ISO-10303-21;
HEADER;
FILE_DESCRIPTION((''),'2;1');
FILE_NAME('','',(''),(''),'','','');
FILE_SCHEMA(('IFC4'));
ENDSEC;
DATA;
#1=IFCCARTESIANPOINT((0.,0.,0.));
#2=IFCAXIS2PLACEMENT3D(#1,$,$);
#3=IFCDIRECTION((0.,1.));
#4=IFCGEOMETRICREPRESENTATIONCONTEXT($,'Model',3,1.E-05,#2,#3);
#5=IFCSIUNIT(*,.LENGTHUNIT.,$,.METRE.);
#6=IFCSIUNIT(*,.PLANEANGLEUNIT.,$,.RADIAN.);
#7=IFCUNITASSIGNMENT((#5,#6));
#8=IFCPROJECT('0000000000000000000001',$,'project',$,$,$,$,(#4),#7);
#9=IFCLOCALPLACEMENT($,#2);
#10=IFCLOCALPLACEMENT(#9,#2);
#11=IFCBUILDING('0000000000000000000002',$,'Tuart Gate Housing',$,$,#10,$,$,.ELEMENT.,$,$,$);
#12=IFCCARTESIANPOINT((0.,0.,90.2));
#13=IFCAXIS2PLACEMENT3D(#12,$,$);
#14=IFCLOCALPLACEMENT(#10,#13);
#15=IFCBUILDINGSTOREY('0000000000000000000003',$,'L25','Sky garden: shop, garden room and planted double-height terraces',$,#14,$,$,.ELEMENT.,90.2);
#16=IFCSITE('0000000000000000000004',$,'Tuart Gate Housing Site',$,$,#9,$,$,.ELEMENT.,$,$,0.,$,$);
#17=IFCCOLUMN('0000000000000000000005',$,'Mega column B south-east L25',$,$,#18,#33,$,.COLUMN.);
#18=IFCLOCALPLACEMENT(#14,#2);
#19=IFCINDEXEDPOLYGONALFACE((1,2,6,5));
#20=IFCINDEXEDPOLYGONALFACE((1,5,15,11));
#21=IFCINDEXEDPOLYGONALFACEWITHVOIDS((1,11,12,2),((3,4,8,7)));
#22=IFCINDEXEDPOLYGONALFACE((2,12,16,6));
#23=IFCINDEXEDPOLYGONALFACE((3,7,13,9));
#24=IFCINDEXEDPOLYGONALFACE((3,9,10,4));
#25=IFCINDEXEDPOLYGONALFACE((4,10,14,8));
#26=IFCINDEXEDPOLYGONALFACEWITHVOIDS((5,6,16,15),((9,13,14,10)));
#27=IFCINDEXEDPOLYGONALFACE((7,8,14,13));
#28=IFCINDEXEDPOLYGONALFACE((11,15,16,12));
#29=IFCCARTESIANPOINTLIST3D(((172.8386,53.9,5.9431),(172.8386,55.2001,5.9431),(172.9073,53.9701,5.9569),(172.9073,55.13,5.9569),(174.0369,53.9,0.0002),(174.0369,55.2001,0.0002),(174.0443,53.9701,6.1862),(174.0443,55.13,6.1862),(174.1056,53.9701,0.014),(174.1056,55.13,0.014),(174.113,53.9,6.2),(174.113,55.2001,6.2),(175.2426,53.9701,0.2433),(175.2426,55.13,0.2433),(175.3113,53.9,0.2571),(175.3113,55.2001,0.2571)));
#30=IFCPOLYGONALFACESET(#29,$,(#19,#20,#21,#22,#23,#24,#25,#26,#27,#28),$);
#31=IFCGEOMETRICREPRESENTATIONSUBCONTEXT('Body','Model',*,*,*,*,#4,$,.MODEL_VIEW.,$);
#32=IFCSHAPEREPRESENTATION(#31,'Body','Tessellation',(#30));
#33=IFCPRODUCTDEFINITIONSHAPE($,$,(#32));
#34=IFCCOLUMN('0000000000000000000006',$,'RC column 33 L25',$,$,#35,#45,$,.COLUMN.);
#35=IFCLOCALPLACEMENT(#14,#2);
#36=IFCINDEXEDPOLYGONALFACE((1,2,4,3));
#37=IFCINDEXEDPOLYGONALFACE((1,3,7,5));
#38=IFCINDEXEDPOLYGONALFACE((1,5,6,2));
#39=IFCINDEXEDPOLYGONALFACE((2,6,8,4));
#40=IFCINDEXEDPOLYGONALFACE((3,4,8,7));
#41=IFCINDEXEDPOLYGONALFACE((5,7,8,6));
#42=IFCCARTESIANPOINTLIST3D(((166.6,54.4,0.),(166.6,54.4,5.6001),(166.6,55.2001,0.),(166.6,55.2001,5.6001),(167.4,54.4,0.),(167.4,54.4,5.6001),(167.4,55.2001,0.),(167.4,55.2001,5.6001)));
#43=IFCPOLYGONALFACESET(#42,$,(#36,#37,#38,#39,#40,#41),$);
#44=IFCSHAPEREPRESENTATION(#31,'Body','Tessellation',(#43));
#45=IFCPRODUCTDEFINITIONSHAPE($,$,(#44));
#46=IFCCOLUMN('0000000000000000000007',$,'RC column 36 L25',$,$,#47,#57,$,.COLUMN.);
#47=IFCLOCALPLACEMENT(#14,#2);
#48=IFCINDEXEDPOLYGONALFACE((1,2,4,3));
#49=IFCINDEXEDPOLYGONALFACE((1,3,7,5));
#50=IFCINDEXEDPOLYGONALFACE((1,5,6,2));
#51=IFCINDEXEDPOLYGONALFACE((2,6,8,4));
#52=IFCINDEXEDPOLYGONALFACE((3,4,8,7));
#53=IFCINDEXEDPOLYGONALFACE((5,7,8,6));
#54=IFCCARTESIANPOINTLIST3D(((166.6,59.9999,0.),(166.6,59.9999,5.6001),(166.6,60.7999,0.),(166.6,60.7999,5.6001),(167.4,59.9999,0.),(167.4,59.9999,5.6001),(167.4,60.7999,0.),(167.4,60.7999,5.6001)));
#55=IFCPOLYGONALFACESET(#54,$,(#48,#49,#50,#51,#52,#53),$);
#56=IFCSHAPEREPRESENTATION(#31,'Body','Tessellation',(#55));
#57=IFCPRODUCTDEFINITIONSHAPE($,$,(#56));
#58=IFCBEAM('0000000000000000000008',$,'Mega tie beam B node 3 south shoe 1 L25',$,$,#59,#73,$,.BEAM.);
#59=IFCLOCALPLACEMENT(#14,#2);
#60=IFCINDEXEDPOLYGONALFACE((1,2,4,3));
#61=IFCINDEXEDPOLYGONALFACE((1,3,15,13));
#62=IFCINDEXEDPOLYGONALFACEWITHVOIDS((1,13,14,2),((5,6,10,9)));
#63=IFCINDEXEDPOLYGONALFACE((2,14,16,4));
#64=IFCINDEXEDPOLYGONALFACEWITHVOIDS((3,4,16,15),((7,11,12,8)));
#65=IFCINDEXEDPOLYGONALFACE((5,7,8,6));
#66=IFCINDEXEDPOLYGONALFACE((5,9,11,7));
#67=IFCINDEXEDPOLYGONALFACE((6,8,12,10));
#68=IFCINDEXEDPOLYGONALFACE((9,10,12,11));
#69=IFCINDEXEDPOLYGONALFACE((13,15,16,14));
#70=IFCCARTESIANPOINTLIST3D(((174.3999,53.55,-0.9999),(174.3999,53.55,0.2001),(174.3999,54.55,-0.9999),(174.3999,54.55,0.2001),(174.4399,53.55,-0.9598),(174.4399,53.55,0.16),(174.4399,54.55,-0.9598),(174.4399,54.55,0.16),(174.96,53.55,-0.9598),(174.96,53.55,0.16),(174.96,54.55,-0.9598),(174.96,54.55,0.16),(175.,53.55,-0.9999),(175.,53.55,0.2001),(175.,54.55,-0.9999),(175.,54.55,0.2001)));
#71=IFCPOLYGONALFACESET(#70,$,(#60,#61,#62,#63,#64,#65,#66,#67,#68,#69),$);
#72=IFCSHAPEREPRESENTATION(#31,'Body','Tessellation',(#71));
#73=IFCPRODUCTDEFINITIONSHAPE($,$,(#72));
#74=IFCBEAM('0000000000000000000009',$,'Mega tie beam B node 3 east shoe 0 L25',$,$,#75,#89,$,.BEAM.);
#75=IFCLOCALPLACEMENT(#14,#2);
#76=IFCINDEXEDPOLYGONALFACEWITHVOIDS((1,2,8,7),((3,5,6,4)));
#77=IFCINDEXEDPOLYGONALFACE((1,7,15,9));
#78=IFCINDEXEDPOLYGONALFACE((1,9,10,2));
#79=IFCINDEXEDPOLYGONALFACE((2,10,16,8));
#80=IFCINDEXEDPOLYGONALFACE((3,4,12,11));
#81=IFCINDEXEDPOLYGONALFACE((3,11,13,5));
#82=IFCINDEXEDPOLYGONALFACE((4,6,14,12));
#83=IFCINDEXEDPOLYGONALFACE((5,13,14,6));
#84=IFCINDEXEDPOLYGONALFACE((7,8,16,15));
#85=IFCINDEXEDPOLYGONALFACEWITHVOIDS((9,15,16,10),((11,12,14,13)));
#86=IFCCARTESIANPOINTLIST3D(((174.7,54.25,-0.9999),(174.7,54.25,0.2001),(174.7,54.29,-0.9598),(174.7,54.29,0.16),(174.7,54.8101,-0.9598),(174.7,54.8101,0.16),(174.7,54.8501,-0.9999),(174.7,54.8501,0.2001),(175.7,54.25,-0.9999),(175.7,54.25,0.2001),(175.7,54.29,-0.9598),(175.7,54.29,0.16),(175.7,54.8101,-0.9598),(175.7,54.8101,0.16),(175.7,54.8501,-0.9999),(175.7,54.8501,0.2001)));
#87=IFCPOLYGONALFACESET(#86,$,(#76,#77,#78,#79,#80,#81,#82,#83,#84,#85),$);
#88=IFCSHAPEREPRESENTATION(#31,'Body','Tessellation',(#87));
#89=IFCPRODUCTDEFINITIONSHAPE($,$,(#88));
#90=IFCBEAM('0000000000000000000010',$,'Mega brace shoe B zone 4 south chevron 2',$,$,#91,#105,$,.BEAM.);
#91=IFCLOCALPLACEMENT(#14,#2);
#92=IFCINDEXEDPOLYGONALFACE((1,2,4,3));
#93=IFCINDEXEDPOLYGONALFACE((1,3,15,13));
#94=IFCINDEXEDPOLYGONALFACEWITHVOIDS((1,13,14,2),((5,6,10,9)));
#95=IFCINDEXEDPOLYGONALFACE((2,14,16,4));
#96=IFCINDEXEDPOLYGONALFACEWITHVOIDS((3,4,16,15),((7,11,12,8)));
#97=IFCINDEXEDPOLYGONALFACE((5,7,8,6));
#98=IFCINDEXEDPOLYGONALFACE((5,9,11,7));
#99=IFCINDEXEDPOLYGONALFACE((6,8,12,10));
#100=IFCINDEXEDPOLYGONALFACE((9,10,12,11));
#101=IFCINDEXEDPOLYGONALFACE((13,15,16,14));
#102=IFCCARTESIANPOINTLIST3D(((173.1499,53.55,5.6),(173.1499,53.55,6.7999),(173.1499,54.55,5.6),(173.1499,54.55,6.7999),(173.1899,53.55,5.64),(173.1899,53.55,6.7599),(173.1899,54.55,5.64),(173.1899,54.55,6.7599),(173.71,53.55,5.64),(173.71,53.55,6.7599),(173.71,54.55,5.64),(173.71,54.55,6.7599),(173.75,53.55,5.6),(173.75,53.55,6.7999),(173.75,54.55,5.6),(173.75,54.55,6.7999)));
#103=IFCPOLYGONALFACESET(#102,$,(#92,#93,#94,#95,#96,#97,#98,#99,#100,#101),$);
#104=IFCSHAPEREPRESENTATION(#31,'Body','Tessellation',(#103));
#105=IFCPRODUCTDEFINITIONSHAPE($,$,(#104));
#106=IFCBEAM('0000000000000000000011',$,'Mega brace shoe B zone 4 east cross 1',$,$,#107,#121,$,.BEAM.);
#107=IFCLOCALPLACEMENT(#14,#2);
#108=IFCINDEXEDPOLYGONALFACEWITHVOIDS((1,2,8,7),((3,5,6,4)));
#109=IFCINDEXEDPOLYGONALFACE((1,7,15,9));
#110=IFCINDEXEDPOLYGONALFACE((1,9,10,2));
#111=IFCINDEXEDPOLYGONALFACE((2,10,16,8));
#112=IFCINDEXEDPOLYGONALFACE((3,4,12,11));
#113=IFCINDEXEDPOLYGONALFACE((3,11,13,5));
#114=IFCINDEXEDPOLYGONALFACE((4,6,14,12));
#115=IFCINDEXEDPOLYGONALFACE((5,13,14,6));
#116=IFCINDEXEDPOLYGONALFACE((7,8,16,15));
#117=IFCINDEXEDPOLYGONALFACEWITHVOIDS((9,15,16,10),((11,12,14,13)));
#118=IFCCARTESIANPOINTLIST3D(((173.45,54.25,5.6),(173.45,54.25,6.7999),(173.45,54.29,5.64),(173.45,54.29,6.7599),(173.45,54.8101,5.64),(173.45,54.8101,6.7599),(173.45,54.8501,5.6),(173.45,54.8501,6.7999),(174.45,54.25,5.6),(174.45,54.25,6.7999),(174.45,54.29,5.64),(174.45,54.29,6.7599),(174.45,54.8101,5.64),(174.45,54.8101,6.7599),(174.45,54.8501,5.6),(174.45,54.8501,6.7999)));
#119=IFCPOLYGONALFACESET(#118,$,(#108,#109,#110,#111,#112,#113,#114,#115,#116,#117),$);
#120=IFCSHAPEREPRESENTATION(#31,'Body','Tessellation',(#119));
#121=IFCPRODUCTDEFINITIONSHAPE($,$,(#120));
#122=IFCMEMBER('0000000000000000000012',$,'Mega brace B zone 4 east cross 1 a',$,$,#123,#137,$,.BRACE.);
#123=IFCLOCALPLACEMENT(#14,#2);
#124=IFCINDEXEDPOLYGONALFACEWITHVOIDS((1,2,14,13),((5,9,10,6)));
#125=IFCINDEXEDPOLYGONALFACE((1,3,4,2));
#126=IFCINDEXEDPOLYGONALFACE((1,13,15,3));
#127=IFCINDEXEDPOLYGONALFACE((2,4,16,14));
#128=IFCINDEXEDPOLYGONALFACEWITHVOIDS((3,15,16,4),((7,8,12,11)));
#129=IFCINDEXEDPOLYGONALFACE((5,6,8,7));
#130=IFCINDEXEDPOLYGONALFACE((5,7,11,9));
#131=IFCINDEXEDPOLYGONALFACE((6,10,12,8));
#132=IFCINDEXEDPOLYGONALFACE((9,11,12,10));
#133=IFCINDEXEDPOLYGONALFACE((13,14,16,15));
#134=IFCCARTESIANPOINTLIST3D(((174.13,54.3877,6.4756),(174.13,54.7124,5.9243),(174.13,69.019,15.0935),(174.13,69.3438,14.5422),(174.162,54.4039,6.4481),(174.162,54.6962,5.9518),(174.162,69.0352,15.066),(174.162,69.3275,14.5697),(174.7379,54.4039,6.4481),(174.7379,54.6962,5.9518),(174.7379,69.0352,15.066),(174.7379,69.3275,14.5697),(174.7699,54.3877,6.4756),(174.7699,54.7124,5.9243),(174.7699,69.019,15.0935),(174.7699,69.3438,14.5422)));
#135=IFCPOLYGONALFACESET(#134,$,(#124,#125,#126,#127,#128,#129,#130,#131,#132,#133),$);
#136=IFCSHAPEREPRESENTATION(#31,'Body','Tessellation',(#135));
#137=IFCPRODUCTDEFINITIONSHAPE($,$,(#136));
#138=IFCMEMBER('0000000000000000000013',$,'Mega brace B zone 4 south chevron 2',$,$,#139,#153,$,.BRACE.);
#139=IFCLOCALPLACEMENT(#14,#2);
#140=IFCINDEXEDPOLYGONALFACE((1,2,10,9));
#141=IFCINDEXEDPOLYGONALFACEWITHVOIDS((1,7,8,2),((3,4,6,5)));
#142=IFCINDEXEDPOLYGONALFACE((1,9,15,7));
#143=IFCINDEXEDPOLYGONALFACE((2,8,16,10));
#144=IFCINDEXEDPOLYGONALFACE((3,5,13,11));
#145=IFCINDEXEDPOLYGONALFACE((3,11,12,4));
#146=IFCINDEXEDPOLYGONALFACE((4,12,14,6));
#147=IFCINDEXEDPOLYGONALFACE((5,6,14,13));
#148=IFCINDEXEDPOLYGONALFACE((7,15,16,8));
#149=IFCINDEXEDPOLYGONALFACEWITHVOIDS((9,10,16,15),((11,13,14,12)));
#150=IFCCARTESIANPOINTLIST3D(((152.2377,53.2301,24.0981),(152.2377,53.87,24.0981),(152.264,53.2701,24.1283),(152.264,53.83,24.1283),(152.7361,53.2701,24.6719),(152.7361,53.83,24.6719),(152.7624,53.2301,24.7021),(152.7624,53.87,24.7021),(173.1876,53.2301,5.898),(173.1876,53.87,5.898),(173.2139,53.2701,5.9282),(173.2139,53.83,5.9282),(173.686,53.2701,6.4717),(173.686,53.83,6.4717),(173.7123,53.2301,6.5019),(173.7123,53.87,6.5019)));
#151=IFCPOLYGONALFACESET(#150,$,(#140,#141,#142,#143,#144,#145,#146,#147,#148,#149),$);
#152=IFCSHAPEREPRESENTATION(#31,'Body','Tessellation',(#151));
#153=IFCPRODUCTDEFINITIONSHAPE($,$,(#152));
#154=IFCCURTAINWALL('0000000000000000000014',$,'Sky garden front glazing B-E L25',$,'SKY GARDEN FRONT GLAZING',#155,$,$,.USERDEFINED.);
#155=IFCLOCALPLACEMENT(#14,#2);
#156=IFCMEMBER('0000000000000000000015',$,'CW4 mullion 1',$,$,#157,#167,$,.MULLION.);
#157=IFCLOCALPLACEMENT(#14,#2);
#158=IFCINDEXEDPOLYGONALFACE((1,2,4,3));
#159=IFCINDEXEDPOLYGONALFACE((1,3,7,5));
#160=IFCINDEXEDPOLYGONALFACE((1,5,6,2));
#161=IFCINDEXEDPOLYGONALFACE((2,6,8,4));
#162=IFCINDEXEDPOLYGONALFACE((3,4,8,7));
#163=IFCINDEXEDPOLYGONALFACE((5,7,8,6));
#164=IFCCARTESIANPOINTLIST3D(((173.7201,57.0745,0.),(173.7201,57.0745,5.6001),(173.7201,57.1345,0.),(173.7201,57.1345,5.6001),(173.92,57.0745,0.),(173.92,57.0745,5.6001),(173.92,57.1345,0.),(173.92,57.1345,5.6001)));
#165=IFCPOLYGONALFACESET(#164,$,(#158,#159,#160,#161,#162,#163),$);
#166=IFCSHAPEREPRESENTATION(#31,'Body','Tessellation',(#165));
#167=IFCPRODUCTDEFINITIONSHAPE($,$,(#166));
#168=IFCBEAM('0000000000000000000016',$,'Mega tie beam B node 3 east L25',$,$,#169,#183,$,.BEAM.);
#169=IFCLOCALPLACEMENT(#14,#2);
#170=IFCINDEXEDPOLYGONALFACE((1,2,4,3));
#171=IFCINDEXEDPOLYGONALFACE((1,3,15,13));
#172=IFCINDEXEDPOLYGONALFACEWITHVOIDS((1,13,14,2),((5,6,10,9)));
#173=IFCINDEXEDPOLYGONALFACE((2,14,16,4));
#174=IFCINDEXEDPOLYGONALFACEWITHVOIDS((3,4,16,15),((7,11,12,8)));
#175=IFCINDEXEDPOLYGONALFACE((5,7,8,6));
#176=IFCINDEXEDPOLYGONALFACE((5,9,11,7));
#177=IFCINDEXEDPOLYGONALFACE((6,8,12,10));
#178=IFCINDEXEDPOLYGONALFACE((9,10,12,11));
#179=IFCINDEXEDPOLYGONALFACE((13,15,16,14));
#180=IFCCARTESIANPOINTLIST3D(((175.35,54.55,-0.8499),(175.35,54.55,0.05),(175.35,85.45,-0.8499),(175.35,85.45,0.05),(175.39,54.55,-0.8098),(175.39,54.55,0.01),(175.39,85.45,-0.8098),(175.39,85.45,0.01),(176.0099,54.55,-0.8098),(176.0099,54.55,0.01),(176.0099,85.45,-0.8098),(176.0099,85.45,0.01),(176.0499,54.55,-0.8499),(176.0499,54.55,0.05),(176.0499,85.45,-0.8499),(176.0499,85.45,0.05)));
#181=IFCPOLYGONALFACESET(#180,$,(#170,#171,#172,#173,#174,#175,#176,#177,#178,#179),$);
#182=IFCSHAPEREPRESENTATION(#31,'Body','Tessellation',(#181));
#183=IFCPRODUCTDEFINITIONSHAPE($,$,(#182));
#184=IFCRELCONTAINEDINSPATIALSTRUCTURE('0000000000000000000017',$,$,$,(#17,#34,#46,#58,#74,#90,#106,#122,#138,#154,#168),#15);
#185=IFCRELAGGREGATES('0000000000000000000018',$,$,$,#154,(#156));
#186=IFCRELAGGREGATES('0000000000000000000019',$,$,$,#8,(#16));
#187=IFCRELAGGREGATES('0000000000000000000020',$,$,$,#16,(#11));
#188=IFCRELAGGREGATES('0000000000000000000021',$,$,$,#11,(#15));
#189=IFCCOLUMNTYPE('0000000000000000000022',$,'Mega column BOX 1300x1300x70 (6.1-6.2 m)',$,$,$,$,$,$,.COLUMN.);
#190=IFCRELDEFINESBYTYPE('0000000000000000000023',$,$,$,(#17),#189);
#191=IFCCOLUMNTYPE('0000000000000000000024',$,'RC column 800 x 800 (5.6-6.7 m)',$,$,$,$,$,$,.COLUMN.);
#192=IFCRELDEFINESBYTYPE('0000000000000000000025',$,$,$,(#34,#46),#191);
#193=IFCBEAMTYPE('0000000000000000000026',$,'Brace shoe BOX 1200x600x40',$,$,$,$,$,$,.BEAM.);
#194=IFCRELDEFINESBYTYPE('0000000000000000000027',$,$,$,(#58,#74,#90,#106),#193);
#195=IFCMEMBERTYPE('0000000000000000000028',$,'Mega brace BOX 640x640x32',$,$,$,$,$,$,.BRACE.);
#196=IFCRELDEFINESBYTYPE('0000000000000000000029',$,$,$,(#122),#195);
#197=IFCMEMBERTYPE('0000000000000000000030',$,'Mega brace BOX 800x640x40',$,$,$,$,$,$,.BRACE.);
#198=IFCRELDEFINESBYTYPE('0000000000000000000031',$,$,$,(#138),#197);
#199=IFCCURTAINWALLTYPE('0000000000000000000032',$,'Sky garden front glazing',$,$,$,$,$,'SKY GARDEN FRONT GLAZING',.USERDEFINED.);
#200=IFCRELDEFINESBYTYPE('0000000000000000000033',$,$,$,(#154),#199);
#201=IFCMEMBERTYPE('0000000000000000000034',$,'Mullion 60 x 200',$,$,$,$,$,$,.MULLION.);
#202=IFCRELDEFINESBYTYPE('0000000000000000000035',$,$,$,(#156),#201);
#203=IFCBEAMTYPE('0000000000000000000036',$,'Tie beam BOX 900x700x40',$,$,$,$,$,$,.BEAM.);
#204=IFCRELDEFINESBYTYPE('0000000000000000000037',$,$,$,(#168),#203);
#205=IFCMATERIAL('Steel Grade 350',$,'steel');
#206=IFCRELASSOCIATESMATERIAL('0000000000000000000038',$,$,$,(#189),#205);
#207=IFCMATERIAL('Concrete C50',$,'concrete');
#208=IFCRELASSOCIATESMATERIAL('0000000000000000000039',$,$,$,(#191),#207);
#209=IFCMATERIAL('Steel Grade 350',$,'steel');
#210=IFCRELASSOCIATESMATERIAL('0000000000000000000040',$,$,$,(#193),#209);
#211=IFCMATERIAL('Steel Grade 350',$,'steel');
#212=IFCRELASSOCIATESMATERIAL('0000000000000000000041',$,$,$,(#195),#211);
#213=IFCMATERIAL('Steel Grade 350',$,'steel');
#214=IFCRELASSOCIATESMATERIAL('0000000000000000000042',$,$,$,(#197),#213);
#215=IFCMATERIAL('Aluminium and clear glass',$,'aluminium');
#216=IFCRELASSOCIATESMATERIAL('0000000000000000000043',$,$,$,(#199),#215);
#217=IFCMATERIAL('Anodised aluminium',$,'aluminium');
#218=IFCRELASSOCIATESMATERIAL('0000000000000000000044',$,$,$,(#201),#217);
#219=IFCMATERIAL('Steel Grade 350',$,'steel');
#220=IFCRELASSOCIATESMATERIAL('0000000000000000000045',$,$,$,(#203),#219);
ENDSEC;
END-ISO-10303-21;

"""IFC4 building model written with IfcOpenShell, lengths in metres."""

from ifc_helpers import new_model, si_unit, direction, frame, origin, origin_2d, place, context, subcontext, project, spatial, rectangle, hollow_rectangle, extrude, material, material_profile, profile_set, type_object, element, aggregate, save


model = new_model("IFC4")

# Units and contexts
model_context = context("Model", 3, precision=1e-05, world=origin(), true_north=direction((0.0, 1.0)))
body_context = subcontext(model_context, "Body", "Model", "MODEL_VIEW")
ifc_project = project(units=[si_unit("LENGTHUNIT", "METRE"), si_unit("PLANEANGLEUNIT", "RADIAN")], contexts=[model_context])

# Site, building, storey
site_placement = place(None, origin())
site = spatial("IfcSite", under=ifc_project, at=site_placement, Name="Tuart Gate Housing Site", CompositionType="ELEMENT", RefElevation=0.0)
building_placement = place(site_placement, origin())
building = spatial("IfcBuilding", under=site, at=building_placement, Name="Tuart Gate Housing", CompositionType="ELEMENT")
storey_placement = place(building_placement, frame((0.0, 0.0, 90.2)))
storey = spatial("IfcBuildingStorey", under=building, at=storey_placement, Name="L25", Description="Sky garden: shop, garden room and planted double-height terraces", CompositionType="ELEMENT", Elevation=90.2)

# Columns
ifc_material_1 = material(Name="Steel Grade 350", Category="steel")
ifc_material_profile_1 = material_profile(ifc_material_1, hollow_rectangle(XDim=1.3, YDim=1.3, WallThickness=0.0701, at=origin_2d()), Name="BOX 1300x1300x70")
ifc_profile_set_1 = profile_set([ifc_material_profile_1], Name="Steel Grade 350")
column_type_1 = type_object("IfcColumnType", Name="Mega column BOX 1300x1300x70 (6.1-6.2 m)", PredefinedType="COLUMN", material=ifc_profile_set_1)
column_placement = place(storey_placement, frame((174.6741, 54.55, 0.1287), z_axis=(-0.197649, 0.0, 0.980273), x_axis=(0.0, -1.0, 0.0)))
element("IfcColumn", 1, at=column_placement, inside=storey, type_object=column_type_1, Name="Mega column B south-east L25", PredefinedType="COLUMN", context=body_context, shape_type="SweptSolid", body=[
    extrude(hollow_rectangle(XDim=1.3, YDim=1.3, WallThickness=0.0701, at=origin_2d()), origin(), (0.0, 0.0, 1.0), 6.0625),
])
ifc_material_2 = material(Name="Concrete C50", Category="concrete")
ifc_material_profile_2 = material_profile(ifc_material_2, rectangle(XDim=0.8, YDim=0.8, at=origin_2d()), Name="RC column 800 x 800 (5.6-6.7 m)")
ifc_profile_set_2 = profile_set([ifc_material_profile_2], Name="Concrete C50")
column_type_2 = type_object("IfcColumnType", Name="RC column 800 x 800 (5.6-6.7 m)", PredefinedType="COLUMN", material=ifc_profile_set_2)
for number, where, z_axis, x_axis, name in (
    (2, (167.0, 54.8, 0.0), (0.0, 0.0, 1.0), (1.0, 0.0, 0.0), "RC column 33 L25"),
    (3, (167.0, 60.3999, 0.0), (0.0, 0.0, 1.0), (1.0, 0.0, 0.0), "RC column 36 L25"),
):
    element("IfcColumn", number, at=place(storey_placement, frame(where, z_axis=z_axis, x_axis=x_axis)), inside=storey, type_object=column_type_2, Name=name, PredefinedType="COLUMN", context=body_context, shape_type="SweptSolid", body=[
        extrude(rectangle(XDim=0.8, YDim=0.8, at=origin_2d()), origin(), (0.0, 0.0, 1.0), 5.6001),
    ])

# Beams
ifc_material_3 = material(Name="Steel Grade 350", Category="steel")
ifc_material_profile_3 = material_profile(ifc_material_3, hollow_rectangle(XDim=0.6001, YDim=1.2, WallThickness=0.04, at=origin_2d()), Name="BOX 1200x600x40")
ifc_profile_set_3 = profile_set([ifc_material_profile_3], Name="Steel Grade 350")
beam_type_1 = type_object("IfcBeamType", Name="Brace shoe BOX 1200x600x40", PredefinedType="BEAM", material=ifc_profile_set_3)
for number, where, z_axis, x_axis, name in (
    (4, (174.7, 54.55, -0.3999), (0.0, -1.0, 0.0), (1.0, 0.0, 0.0), "Mega tie beam B node 3 south shoe 1 L25"),
    (5, (174.7, 54.55, -0.3999), (1.0, 0.0, 0.0), (0.0, 1.0, 0.0), "Mega tie beam B node 3 east shoe 0 L25"),
    (6, (173.45, 54.55, 6.2), (0.0, -1.0, 0.0), (1.0, 0.0, 0.0), "Mega brace shoe B zone 4 south chevron 2"),
    (7, (173.45, 54.55, 6.2), (1.0, 0.0, 0.0), (0.0, 1.0, 0.0), "Mega brace shoe B zone 4 east cross 1"),
):
    element("IfcBeam", number, at=place(storey_placement, frame(where, z_axis=z_axis, x_axis=x_axis)), inside=storey, type_object=beam_type_1, Name=name, PredefinedType="BEAM", context=body_context, shape_type="SweptSolid", body=[
        extrude(hollow_rectangle(XDim=0.6001, YDim=1.2, WallThickness=0.04, at=origin_2d()), origin(), (0.0, 0.0, 1.0), 1.0),
    ])

# Members
ifc_material_4 = material(Name="Steel Grade 350", Category="steel")
ifc_material_profile_4 = material_profile(ifc_material_4, hollow_rectangle(XDim=0.6399, YDim=0.6399, WallThickness=0.032, at=origin_2d()), Name="BOX 640x640x32")
ifc_profile_set_4 = profile_set([ifc_material_profile_4], Name="Steel Grade 350")
member_type_1 = type_object("IfcMemberType", Name="Mega brace BOX 640x640x32", PredefinedType="BRACE", material=ifc_profile_set_4)
member_1_placement = place(storey_placement, frame((174.45, 54.55, 6.2), z_axis=(0.0, 0.861645, 0.507512), x_axis=(-1.0, 0.0, 0.0)))
element("IfcMember", 8, at=member_1_placement, inside=storey, type_object=member_type_1, Name="Mega brace B zone 4 east cross 1 a", PredefinedType="BRACE", context=body_context, shape_type="SweptSolid", body=[
    extrude(hollow_rectangle(XDim=0.6399, YDim=0.6399, WallThickness=0.032, at=origin_2d()), origin(), (0.0, 0.0, 1.0), 16.9807),
])
ifc_material_5 = material(Name="Steel Grade 350", Category="steel")
ifc_material_profile_5 = material_profile(ifc_material_5, hollow_rectangle(XDim=0.6399, YDim=0.8, WallThickness=0.04, at=origin_2d()), Name="BOX 800x640x40")
ifc_profile_set_5 = profile_set([ifc_material_profile_5], Name="Steel Grade 350")
member_type_2 = type_object("IfcMemberType", Name="Mega brace BOX 800x640x40", PredefinedType="BRACE", material=ifc_profile_set_5)
member_2_placement = place(storey_placement, frame((173.45, 53.55, 6.2), z_axis=(-0.754912, 0.0, 0.655827), x_axis=(0.0, -1.0, 0.0)))
element("IfcMember", 9, at=member_2_placement, inside=storey, type_object=member_type_2, Name="Mega brace B zone 4 south chevron 2", PredefinedType="BRACE", context=body_context, shape_type="SweptSolid", body=[
    extrude(hollow_rectangle(XDim=0.6399, YDim=0.8, WallThickness=0.04, at=origin_2d()), origin(), (0.0, 0.0, 1.0), 27.7515),
])

# Curtain wall, member
ifc_material_6 = material(Name="Aluminium and clear glass", Category="aluminium")
curtain_wall_type = type_object("IfcCurtainWallType", Name="Sky garden front glazing", ElementType="SKY GARDEN FRONT GLAZING", PredefinedType="USERDEFINED", material=ifc_material_6)
curtain_wall_placement = place(storey_placement, origin())
curtain_wall = element("IfcCurtainWall", 10, at=curtain_wall_placement, inside=storey, type_object=curtain_wall_type, Name="Sky garden front glazing B-E L25", ObjectType="SKY GARDEN FRONT GLAZING", PredefinedType="USERDEFINED")
ifc_material_7 = material(Name="Anodised aluminium", Category="aluminium")
ifc_material_profile_6 = material_profile(ifc_material_7, rectangle(XDim=0.0601, YDim=0.2, at=origin_2d()), Name="60x200")
ifc_profile_set_6 = profile_set([ifc_material_profile_6], Name="Anodised aluminium")
member_type_3 = type_object("IfcMemberType", Name="Mullion 60 x 200", PredefinedType="MULLION", material=ifc_profile_set_6)
member_3_placement = place(storey_placement, frame((173.8201, 57.1045, 0.0), z_axis=(0.0, 0.0, 1.0), x_axis=(0.0, 1.0, 0.0)))
member_3 = element("IfcMember", 11, at=member_3_placement, type_object=member_type_3, Name="CW4 mullion 1", PredefinedType="MULLION", context=body_context, shape_type="SweptSolid", body=[
    extrude(rectangle(XDim=0.0601, YDim=0.2, at=origin_2d()), origin(), (0.0, 0.0, 1.0), 5.6001),
])

# Beam
ifc_material_8 = material(Name="Steel Grade 350", Category="steel")
ifc_material_profile_7 = material_profile(ifc_material_8, hollow_rectangle(XDim=0.7, YDim=0.8999, WallThickness=0.04, at=origin_2d()), Name="BOX 900x700x40")
ifc_profile_set_7 = profile_set([ifc_material_profile_7], Name="Steel Grade 350")
beam_type_2 = type_object("IfcBeamType", Name="Tie beam BOX 900x700x40", PredefinedType="BEAM", material=ifc_profile_set_7)
beam_placement = place(storey_placement, frame((175.7, 54.55, -0.3999), z_axis=(0.0, 1.0, 0.0), x_axis=(-1.0, 0.0, 0.0)))
element("IfcBeam", 12, at=beam_placement, inside=storey, type_object=beam_type_2, Name="Mega tie beam B node 3 east L25", PredefinedType="BEAM", context=body_context, shape_type="SweptSolid", body=[
    extrude(hollow_rectangle(XDim=0.7, YDim=0.8999, WallThickness=0.04, at=origin_2d()), origin(), (0.0, 0.0, 1.0), 30.8999),
])

aggregate(curtain_wall, [member_3])

save(model, "model.ifc")
